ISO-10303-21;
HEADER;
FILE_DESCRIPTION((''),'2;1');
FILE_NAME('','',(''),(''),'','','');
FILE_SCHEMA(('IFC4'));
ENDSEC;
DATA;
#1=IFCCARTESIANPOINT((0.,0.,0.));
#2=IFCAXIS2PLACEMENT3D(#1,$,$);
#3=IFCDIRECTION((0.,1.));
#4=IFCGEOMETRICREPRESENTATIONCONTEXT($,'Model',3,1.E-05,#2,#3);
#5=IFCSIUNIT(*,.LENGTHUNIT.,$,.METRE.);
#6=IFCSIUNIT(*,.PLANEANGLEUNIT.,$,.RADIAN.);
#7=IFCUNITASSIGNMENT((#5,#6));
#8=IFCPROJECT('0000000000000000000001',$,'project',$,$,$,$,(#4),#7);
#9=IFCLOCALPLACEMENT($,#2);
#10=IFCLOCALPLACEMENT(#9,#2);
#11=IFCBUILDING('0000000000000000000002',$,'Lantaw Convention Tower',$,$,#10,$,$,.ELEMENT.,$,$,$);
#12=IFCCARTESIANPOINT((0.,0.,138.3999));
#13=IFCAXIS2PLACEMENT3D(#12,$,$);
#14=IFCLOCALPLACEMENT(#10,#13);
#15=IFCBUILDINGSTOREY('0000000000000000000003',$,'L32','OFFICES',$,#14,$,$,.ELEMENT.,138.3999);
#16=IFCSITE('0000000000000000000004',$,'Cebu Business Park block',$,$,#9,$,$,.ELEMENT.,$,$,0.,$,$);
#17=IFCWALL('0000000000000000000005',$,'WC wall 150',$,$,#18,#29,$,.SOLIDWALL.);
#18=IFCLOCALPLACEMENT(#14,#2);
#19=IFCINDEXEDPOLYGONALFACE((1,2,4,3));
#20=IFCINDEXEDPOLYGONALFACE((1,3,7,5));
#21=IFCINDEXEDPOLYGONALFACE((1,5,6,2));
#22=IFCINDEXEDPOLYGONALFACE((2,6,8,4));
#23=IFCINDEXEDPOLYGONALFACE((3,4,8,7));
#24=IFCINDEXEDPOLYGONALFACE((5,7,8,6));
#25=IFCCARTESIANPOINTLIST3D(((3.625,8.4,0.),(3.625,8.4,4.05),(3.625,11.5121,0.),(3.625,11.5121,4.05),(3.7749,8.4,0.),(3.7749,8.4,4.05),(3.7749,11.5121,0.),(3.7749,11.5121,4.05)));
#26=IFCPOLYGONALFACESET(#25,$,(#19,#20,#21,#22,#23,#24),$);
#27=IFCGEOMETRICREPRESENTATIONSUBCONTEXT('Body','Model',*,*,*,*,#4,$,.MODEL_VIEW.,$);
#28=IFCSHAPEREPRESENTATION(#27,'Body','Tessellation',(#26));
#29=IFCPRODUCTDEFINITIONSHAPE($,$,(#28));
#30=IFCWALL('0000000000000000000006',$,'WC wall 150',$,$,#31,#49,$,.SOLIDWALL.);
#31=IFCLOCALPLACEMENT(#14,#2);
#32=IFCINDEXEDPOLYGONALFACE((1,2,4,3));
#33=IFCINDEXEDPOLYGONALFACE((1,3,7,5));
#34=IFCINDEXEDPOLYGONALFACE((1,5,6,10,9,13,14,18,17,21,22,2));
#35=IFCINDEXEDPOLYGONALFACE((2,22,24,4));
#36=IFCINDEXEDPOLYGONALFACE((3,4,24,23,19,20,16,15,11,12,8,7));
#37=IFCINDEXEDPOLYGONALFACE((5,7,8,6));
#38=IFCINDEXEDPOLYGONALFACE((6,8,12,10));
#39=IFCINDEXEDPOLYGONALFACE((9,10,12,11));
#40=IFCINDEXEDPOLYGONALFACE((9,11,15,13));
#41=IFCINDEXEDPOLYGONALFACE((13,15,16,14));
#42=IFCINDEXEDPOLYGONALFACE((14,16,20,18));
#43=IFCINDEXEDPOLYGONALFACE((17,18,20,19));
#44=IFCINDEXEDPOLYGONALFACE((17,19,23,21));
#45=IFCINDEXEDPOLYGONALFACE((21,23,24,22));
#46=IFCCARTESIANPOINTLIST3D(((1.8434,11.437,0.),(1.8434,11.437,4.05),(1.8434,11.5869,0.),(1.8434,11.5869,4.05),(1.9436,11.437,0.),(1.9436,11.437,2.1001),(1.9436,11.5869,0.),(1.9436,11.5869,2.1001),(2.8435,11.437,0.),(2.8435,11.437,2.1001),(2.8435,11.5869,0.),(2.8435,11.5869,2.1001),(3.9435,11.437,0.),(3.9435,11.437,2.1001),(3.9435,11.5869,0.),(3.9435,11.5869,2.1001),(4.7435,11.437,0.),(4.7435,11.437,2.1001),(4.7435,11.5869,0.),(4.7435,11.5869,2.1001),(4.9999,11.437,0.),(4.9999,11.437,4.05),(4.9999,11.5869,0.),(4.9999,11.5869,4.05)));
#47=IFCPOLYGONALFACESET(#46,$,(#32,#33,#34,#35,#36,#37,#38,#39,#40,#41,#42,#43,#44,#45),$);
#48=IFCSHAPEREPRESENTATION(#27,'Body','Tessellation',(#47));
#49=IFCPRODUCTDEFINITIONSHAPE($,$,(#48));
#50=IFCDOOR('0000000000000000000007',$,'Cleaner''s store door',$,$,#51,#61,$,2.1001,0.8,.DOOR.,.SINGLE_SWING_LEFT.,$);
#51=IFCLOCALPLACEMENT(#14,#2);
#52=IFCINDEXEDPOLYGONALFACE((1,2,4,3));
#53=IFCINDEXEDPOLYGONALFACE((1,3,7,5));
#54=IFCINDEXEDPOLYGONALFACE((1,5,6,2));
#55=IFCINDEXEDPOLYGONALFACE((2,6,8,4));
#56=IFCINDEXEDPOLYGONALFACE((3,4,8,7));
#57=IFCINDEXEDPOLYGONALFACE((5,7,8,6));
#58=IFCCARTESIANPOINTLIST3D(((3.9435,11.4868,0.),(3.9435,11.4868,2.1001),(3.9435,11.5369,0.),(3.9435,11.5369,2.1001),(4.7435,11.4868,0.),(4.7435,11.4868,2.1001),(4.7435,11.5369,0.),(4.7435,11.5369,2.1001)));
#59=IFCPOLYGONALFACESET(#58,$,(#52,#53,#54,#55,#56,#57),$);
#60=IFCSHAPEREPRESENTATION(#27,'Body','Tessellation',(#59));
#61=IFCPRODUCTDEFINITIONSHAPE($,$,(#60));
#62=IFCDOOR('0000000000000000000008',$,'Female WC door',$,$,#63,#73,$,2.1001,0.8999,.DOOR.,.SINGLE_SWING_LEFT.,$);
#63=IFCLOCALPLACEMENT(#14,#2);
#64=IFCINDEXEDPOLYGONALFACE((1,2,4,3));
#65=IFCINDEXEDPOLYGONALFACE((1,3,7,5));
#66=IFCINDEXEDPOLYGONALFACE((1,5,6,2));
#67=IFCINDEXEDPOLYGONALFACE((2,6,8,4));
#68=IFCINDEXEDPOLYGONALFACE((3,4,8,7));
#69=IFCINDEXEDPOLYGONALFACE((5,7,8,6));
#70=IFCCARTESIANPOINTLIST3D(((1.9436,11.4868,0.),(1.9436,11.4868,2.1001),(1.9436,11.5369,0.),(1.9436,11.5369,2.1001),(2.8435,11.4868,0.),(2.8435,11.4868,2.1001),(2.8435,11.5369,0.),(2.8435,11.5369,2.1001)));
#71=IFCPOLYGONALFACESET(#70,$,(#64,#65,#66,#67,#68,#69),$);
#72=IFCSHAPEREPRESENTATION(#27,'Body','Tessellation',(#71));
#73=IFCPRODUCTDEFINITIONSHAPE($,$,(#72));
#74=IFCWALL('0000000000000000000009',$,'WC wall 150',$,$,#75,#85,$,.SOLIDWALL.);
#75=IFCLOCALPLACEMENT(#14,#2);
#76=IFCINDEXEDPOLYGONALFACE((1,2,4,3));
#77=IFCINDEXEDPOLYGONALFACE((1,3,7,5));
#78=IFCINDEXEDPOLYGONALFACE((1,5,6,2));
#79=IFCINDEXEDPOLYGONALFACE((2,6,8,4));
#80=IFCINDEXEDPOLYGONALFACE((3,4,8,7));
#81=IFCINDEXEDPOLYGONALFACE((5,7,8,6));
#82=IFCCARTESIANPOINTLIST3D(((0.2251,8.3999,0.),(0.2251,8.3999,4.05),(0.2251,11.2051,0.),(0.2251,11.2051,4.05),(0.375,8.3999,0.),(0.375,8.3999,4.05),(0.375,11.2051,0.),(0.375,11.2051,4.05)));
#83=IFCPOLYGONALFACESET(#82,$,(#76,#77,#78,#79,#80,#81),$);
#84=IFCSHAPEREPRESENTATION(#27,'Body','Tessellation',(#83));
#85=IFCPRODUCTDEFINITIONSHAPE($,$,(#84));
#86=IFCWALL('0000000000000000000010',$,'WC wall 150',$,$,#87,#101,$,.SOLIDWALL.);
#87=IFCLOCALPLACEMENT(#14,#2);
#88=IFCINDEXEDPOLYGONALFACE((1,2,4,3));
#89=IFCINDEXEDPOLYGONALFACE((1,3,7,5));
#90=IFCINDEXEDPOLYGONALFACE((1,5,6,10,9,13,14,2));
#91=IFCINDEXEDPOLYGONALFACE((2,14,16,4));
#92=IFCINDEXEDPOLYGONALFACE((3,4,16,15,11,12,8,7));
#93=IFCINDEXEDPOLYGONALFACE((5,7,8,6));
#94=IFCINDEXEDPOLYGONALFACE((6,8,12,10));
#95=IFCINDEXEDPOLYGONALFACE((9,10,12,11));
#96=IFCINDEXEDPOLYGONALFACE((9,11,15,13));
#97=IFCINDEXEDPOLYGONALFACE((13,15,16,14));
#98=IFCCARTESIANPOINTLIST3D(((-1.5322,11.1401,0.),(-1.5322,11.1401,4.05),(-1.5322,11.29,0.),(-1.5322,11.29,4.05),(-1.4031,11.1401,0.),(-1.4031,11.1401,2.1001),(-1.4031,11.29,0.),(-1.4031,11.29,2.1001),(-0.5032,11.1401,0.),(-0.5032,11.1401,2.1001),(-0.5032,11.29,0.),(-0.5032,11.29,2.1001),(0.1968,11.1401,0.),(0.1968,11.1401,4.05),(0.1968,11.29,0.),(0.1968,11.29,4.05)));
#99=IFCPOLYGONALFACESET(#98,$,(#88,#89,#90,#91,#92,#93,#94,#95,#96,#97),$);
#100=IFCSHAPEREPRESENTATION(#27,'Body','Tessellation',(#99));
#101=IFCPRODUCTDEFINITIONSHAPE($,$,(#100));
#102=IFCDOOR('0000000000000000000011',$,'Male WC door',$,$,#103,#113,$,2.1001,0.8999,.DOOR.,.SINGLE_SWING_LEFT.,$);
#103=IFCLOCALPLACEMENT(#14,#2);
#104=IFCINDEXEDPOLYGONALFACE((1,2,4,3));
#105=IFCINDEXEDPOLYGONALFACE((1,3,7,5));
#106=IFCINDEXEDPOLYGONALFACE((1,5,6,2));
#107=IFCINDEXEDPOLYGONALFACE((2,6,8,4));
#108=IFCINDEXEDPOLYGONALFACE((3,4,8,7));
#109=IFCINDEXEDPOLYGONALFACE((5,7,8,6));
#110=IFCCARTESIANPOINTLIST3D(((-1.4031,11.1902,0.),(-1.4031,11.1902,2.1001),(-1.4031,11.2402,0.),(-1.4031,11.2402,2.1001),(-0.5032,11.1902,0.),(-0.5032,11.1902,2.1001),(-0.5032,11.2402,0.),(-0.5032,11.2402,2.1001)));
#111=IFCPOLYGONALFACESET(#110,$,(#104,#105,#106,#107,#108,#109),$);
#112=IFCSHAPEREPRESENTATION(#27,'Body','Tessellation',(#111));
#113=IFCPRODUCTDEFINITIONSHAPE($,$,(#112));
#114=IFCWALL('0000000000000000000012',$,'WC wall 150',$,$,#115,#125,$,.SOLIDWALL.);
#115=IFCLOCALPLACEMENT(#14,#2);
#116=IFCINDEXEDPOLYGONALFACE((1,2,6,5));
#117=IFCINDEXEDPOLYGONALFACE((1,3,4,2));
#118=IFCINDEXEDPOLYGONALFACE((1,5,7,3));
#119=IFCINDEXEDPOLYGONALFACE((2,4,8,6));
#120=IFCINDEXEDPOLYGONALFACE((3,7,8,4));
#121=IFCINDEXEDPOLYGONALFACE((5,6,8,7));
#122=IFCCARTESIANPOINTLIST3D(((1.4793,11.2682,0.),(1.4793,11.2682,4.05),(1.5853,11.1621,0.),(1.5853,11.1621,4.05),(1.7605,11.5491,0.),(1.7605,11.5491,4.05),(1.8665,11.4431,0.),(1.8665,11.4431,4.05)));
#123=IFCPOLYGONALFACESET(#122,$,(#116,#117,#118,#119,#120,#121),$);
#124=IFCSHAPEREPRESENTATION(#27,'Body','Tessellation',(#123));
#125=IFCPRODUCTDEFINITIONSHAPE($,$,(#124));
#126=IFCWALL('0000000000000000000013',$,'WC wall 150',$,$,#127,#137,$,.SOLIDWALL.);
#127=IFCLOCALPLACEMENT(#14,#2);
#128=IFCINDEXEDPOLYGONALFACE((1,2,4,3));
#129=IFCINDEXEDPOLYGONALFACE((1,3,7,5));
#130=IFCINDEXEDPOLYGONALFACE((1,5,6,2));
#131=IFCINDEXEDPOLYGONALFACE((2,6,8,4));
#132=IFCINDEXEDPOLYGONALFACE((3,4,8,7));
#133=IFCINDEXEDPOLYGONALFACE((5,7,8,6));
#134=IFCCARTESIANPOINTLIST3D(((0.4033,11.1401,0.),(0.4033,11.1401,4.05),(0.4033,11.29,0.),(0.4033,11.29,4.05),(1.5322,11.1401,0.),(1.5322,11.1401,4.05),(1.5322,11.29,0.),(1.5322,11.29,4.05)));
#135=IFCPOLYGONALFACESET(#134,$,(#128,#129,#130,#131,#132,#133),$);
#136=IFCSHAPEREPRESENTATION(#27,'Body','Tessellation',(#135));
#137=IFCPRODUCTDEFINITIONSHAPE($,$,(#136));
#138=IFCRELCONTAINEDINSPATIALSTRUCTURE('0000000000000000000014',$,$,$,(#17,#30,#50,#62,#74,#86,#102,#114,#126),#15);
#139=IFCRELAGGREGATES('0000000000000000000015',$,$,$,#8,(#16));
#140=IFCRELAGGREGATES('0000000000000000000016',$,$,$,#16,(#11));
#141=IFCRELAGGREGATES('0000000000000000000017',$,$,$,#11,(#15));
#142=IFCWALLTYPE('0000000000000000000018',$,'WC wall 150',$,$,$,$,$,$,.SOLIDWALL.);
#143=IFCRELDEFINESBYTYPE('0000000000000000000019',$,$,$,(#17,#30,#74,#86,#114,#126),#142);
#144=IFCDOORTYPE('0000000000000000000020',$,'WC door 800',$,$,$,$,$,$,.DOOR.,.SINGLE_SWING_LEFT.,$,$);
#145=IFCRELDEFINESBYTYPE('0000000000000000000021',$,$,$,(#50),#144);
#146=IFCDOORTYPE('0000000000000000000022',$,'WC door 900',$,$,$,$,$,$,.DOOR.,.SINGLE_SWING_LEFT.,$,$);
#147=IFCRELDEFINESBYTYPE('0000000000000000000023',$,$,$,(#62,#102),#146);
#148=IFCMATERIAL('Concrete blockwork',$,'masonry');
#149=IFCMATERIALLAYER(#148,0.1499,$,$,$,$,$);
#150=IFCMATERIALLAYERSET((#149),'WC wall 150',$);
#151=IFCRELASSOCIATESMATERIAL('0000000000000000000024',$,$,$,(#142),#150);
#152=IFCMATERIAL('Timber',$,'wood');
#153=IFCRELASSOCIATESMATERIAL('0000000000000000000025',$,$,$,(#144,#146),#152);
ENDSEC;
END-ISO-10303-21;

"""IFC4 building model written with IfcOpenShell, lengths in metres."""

from ifc_helpers import new_model, si_unit, direction, frame, frame_2d, origin, place, context, subcontext, project, spatial, rectangle, extrude, material, layer, layer_set, type_object, element, fill, save


model = new_model("IFC4")

# Units and contexts
model_context = context("Model", 3, precision=1e-05, world=origin(), true_north=direction((0.0, 1.0)))
body_context = subcontext(model_context, "Body", "Model", "MODEL_VIEW")
ifc_project = project(units=[si_unit("LENGTHUNIT", "METRE"), si_unit("PLANEANGLEUNIT", "RADIAN")], contexts=[model_context])

# Site, building, storey
site_placement = place(None, origin())
site = spatial("IfcSite", under=ifc_project, at=site_placement, Name="Cebu Business Park block", CompositionType="ELEMENT", RefElevation=0.0)
building_placement = place(site_placement, origin())
building = spatial("IfcBuilding", under=site, at=building_placement, Name="Lantaw Convention Tower", CompositionType="ELEMENT")
storey_placement = place(building_placement, frame((0.0, 0.0, 138.3999)))
storey = spatial("IfcBuildingStorey", under=building, at=storey_placement, Name="L32", Description="OFFICES", CompositionType="ELEMENT", Elevation=138.3999)

# Wall
ifc_material_1 = material(Name="Concrete blockwork", Category="masonry")
ifc_layer_1 = layer(ifc_material_1, 0.1499)
ifc_layer_set_1 = layer_set([ifc_layer_1], Name="WC wall 150")
wall_type_1 = type_object("IfcWallType", Name="WC wall 150", PredefinedType="SOLIDWALL", material=ifc_layer_set_1)
for number, where, z_axis, x_axis, name in (
    (1, (3.7, 8.3999, 0.0), (0.0, 0.0, 1.0), (0.0, 1.0, 0.0), "WC wall 150"),
):
    element("IfcWall", number, at=place(storey_placement, frame(where, z_axis=z_axis, x_axis=x_axis)), inside=storey, type_object=wall_type_1, Name=name, PredefinedType="SOLIDWALL", context=body_context, shape_type="SweptSolid", body=[
        extrude(rectangle(XDim=3.1121, YDim=0.1499, at=frame_2d((1.5562, 0.0))), origin(), (0.0, 0.0, 1.0), 4.05),
    ])

# Wall, openings, doors
wall_1_placement = place(storey_placement, frame((1.8435, 11.512, 0.0), z_axis=(0.0, 0.0, 1.0), x_axis=(1.0, 0.0, 0.0)))
wall_1 = element("IfcWall", 2, at=wall_1_placement, inside=storey, type_object=wall_type_1, Name="WC wall 150", PredefinedType="SOLIDWALL", context=body_context, shape_type="SweptSolid", body=[
    extrude(rectangle(XDim=3.1565, YDim=0.1499, at=frame_2d((1.5781, 0.0))), origin(), (0.0, 0.0, 1.0), 4.05),
])
opening_1_placement = place(wall_1_placement, frame((0.1001, 0.0, 0.0)))
opening_1 = element("IfcOpeningElement", 3, at=opening_1_placement, cuts=wall_1, PredefinedType="OPENING", context=body_context, shape_type="SweptSolid", body=[
    extrude(rectangle(XDim=0.8999, YDim=2.1001, at=frame_2d((0.45, 1.05))), frame((0.0, 0.085, 0.0), z_axis=(0.0, -1.0, 0.0), x_axis=(1.0, 0.0, 0.0)), (0.0, 0.0, 1.0), 0.1699),
])
opening_2_placement = place(wall_1_placement, frame((2.1001, 0.0, 0.0)))
opening_2 = element("IfcOpeningElement", 4, at=opening_2_placement, cuts=wall_1, PredefinedType="OPENING", context=body_context, shape_type="SweptSolid", body=[
    extrude(rectangle(XDim=0.8, YDim=2.1001, at=frame_2d((0.3999, 1.05))), frame((0.0, 0.085, 0.0), z_axis=(0.0, -1.0, 0.0), x_axis=(1.0, 0.0, 0.0)), (0.0, 0.0, 1.0), 0.1699),
])
ifc_material_2 = material(Name="Timber", Category="wood")
door_type_1 = type_object("IfcDoorType", Name="WC door 800", OperationType="SINGLE_SWING_LEFT", PredefinedType="DOOR", material=ifc_material_2)
door_1_placement = place(opening_2_placement, origin())
door_1 = element("IfcDoor", 5, at=door_1_placement, inside=storey, type_object=door_type_1, Name="Cleaner's store door", OperationType="SINGLE_SWING_LEFT", OverallHeight=2.1001, OverallWidth=0.8, PredefinedType="DOOR", context=body_context, shape_type="SweptSolid", body=[
    extrude(rectangle(XDim=0.8, YDim=2.1001, at=frame_2d((0.3999, 1.05))), frame((0.0, 0.0249, 0.0), z_axis=(0.0, -1.0, 0.0), x_axis=(1.0, 0.0, 0.0)), (0.0, 0.0, 1.0), 0.05),
])
fill(opening_2, door_1)
door_type_2 = type_object("IfcDoorType", Name="WC door 900", OperationType="SINGLE_SWING_LEFT", PredefinedType="DOOR", material=ifc_material_2)
door_2_placement = place(opening_1_placement, origin())
door_2 = element("IfcDoor", 6, at=door_2_placement, inside=storey, type_object=door_type_2, Name="Female WC door", OperationType="SINGLE_SWING_LEFT", OverallHeight=2.1001, OverallWidth=0.8999, PredefinedType="DOOR", context=body_context, shape_type="SweptSolid", body=[
    extrude(rectangle(XDim=0.8999, YDim=2.1001, at=frame_2d((0.45, 1.05))), frame((0.0, 0.0249, 0.0), z_axis=(0.0, -1.0, 0.0), x_axis=(1.0, 0.0, 0.0)), (0.0, 0.0, 1.0), 0.05),
])
fill(opening_1, door_2)

# Wall
wall_2_placement = place(storey_placement, frame((0.3, 8.3999, 0.0), z_axis=(0.0, 0.0, 1.0), x_axis=(0.0, 1.0, 0.0)))
element("IfcWall", 7, at=wall_2_placement, inside=storey, type_object=wall_type_1, Name="WC wall 150", PredefinedType="SOLIDWALL", context=body_context, shape_type="SweptSolid", body=[
    extrude(rectangle(XDim=2.8052, YDim=0.1499, at=frame_2d((1.4026, 0.0))), origin(), (0.0, 0.0, 1.0), 4.05),
])

# Wall, opening, door
wall_3_placement = place(storey_placement, frame((0.1968, 11.2151, 0.0), z_axis=(0.0, 0.0, 1.0), x_axis=(-1.0, 0.0, 0.0)))
wall_3 = element("IfcWall", 8, at=wall_3_placement, inside=storey, type_object=wall_type_1, Name="WC wall 150", PredefinedType="SOLIDWALL", context=body_context, shape_type="SweptSolid", body=[
    extrude(rectangle(XDim=1.729, YDim=0.1499, at=frame_2d((0.8645, 0.0))), origin(), (0.0, 0.0, 1.0), 4.05),
])
opening_3_placement = place(wall_3_placement, frame((0.7, 0.0, 0.0)))
opening_3 = element("IfcOpeningElement", 9, at=opening_3_placement, cuts=wall_3, PredefinedType="OPENING", context=body_context, shape_type="SweptSolid", body=[
    extrude(rectangle(XDim=0.8999, YDim=2.1001, at=frame_2d((0.45, 1.05))), frame((0.0, 0.085, 0.0), z_axis=(0.0, -1.0, 0.0), x_axis=(1.0, 0.0, 0.0)), (0.0, 0.0, 1.0), 0.1699),
])
door_3_placement = place(opening_3_placement, origin())
door_3 = element("IfcDoor", 10, at=door_3_placement, inside=storey, type_object=door_type_2, Name="Male WC door", OperationType="SINGLE_SWING_LEFT", OverallHeight=2.1001, OverallWidth=0.8999, PredefinedType="DOOR", context=body_context, shape_type="SweptSolid", body=[
    extrude(rectangle(XDim=0.8999, YDim=2.1001, at=frame_2d((0.45, 1.05))), frame((0.0, 0.0249, 0.0), z_axis=(0.0, -1.0, 0.0), x_axis=(1.0, 0.0, 0.0)), (0.0, 0.0, 1.0), 0.05),
])
fill(opening_3, door_3)

# Walls
wall_4_placement = place(storey_placement, frame((1.8135, 11.4961, 0.0), z_axis=(0.0, 0.0, 1.0), x_axis=(-0.707414, -0.7068, 0.0)))
element("IfcWall", 11, at=wall_4_placement, inside=storey, type_object=wall_type_1, Name="WC wall 150", PredefinedType="SOLIDWALL", context=body_context, shape_type="SweptSolid", body=[
    extrude(rectangle(XDim=0.3975, YDim=0.1499, at=frame_2d((0.1987, 0.0))), origin(), (0.0, 0.0, 1.0), 4.05),
])
wall_5_placement = place(storey_placement, frame((1.5322, 11.2151, 0.0), z_axis=(0.0, 0.0, 1.0), x_axis=(-1.0, 0.0, 0.0)))
element("IfcWall", 12, at=wall_5_placement, inside=storey, type_object=wall_type_1, Name="WC wall 150", PredefinedType="SOLIDWALL", context=body_context, shape_type="SweptSolid", body=[
    extrude(rectangle(XDim=1.1289, YDim=0.1499, at=frame_2d((0.5645, 0.0))), origin(), (0.0, 0.0, 1.0), 4.05),
])

save(model, "model.ifc")
